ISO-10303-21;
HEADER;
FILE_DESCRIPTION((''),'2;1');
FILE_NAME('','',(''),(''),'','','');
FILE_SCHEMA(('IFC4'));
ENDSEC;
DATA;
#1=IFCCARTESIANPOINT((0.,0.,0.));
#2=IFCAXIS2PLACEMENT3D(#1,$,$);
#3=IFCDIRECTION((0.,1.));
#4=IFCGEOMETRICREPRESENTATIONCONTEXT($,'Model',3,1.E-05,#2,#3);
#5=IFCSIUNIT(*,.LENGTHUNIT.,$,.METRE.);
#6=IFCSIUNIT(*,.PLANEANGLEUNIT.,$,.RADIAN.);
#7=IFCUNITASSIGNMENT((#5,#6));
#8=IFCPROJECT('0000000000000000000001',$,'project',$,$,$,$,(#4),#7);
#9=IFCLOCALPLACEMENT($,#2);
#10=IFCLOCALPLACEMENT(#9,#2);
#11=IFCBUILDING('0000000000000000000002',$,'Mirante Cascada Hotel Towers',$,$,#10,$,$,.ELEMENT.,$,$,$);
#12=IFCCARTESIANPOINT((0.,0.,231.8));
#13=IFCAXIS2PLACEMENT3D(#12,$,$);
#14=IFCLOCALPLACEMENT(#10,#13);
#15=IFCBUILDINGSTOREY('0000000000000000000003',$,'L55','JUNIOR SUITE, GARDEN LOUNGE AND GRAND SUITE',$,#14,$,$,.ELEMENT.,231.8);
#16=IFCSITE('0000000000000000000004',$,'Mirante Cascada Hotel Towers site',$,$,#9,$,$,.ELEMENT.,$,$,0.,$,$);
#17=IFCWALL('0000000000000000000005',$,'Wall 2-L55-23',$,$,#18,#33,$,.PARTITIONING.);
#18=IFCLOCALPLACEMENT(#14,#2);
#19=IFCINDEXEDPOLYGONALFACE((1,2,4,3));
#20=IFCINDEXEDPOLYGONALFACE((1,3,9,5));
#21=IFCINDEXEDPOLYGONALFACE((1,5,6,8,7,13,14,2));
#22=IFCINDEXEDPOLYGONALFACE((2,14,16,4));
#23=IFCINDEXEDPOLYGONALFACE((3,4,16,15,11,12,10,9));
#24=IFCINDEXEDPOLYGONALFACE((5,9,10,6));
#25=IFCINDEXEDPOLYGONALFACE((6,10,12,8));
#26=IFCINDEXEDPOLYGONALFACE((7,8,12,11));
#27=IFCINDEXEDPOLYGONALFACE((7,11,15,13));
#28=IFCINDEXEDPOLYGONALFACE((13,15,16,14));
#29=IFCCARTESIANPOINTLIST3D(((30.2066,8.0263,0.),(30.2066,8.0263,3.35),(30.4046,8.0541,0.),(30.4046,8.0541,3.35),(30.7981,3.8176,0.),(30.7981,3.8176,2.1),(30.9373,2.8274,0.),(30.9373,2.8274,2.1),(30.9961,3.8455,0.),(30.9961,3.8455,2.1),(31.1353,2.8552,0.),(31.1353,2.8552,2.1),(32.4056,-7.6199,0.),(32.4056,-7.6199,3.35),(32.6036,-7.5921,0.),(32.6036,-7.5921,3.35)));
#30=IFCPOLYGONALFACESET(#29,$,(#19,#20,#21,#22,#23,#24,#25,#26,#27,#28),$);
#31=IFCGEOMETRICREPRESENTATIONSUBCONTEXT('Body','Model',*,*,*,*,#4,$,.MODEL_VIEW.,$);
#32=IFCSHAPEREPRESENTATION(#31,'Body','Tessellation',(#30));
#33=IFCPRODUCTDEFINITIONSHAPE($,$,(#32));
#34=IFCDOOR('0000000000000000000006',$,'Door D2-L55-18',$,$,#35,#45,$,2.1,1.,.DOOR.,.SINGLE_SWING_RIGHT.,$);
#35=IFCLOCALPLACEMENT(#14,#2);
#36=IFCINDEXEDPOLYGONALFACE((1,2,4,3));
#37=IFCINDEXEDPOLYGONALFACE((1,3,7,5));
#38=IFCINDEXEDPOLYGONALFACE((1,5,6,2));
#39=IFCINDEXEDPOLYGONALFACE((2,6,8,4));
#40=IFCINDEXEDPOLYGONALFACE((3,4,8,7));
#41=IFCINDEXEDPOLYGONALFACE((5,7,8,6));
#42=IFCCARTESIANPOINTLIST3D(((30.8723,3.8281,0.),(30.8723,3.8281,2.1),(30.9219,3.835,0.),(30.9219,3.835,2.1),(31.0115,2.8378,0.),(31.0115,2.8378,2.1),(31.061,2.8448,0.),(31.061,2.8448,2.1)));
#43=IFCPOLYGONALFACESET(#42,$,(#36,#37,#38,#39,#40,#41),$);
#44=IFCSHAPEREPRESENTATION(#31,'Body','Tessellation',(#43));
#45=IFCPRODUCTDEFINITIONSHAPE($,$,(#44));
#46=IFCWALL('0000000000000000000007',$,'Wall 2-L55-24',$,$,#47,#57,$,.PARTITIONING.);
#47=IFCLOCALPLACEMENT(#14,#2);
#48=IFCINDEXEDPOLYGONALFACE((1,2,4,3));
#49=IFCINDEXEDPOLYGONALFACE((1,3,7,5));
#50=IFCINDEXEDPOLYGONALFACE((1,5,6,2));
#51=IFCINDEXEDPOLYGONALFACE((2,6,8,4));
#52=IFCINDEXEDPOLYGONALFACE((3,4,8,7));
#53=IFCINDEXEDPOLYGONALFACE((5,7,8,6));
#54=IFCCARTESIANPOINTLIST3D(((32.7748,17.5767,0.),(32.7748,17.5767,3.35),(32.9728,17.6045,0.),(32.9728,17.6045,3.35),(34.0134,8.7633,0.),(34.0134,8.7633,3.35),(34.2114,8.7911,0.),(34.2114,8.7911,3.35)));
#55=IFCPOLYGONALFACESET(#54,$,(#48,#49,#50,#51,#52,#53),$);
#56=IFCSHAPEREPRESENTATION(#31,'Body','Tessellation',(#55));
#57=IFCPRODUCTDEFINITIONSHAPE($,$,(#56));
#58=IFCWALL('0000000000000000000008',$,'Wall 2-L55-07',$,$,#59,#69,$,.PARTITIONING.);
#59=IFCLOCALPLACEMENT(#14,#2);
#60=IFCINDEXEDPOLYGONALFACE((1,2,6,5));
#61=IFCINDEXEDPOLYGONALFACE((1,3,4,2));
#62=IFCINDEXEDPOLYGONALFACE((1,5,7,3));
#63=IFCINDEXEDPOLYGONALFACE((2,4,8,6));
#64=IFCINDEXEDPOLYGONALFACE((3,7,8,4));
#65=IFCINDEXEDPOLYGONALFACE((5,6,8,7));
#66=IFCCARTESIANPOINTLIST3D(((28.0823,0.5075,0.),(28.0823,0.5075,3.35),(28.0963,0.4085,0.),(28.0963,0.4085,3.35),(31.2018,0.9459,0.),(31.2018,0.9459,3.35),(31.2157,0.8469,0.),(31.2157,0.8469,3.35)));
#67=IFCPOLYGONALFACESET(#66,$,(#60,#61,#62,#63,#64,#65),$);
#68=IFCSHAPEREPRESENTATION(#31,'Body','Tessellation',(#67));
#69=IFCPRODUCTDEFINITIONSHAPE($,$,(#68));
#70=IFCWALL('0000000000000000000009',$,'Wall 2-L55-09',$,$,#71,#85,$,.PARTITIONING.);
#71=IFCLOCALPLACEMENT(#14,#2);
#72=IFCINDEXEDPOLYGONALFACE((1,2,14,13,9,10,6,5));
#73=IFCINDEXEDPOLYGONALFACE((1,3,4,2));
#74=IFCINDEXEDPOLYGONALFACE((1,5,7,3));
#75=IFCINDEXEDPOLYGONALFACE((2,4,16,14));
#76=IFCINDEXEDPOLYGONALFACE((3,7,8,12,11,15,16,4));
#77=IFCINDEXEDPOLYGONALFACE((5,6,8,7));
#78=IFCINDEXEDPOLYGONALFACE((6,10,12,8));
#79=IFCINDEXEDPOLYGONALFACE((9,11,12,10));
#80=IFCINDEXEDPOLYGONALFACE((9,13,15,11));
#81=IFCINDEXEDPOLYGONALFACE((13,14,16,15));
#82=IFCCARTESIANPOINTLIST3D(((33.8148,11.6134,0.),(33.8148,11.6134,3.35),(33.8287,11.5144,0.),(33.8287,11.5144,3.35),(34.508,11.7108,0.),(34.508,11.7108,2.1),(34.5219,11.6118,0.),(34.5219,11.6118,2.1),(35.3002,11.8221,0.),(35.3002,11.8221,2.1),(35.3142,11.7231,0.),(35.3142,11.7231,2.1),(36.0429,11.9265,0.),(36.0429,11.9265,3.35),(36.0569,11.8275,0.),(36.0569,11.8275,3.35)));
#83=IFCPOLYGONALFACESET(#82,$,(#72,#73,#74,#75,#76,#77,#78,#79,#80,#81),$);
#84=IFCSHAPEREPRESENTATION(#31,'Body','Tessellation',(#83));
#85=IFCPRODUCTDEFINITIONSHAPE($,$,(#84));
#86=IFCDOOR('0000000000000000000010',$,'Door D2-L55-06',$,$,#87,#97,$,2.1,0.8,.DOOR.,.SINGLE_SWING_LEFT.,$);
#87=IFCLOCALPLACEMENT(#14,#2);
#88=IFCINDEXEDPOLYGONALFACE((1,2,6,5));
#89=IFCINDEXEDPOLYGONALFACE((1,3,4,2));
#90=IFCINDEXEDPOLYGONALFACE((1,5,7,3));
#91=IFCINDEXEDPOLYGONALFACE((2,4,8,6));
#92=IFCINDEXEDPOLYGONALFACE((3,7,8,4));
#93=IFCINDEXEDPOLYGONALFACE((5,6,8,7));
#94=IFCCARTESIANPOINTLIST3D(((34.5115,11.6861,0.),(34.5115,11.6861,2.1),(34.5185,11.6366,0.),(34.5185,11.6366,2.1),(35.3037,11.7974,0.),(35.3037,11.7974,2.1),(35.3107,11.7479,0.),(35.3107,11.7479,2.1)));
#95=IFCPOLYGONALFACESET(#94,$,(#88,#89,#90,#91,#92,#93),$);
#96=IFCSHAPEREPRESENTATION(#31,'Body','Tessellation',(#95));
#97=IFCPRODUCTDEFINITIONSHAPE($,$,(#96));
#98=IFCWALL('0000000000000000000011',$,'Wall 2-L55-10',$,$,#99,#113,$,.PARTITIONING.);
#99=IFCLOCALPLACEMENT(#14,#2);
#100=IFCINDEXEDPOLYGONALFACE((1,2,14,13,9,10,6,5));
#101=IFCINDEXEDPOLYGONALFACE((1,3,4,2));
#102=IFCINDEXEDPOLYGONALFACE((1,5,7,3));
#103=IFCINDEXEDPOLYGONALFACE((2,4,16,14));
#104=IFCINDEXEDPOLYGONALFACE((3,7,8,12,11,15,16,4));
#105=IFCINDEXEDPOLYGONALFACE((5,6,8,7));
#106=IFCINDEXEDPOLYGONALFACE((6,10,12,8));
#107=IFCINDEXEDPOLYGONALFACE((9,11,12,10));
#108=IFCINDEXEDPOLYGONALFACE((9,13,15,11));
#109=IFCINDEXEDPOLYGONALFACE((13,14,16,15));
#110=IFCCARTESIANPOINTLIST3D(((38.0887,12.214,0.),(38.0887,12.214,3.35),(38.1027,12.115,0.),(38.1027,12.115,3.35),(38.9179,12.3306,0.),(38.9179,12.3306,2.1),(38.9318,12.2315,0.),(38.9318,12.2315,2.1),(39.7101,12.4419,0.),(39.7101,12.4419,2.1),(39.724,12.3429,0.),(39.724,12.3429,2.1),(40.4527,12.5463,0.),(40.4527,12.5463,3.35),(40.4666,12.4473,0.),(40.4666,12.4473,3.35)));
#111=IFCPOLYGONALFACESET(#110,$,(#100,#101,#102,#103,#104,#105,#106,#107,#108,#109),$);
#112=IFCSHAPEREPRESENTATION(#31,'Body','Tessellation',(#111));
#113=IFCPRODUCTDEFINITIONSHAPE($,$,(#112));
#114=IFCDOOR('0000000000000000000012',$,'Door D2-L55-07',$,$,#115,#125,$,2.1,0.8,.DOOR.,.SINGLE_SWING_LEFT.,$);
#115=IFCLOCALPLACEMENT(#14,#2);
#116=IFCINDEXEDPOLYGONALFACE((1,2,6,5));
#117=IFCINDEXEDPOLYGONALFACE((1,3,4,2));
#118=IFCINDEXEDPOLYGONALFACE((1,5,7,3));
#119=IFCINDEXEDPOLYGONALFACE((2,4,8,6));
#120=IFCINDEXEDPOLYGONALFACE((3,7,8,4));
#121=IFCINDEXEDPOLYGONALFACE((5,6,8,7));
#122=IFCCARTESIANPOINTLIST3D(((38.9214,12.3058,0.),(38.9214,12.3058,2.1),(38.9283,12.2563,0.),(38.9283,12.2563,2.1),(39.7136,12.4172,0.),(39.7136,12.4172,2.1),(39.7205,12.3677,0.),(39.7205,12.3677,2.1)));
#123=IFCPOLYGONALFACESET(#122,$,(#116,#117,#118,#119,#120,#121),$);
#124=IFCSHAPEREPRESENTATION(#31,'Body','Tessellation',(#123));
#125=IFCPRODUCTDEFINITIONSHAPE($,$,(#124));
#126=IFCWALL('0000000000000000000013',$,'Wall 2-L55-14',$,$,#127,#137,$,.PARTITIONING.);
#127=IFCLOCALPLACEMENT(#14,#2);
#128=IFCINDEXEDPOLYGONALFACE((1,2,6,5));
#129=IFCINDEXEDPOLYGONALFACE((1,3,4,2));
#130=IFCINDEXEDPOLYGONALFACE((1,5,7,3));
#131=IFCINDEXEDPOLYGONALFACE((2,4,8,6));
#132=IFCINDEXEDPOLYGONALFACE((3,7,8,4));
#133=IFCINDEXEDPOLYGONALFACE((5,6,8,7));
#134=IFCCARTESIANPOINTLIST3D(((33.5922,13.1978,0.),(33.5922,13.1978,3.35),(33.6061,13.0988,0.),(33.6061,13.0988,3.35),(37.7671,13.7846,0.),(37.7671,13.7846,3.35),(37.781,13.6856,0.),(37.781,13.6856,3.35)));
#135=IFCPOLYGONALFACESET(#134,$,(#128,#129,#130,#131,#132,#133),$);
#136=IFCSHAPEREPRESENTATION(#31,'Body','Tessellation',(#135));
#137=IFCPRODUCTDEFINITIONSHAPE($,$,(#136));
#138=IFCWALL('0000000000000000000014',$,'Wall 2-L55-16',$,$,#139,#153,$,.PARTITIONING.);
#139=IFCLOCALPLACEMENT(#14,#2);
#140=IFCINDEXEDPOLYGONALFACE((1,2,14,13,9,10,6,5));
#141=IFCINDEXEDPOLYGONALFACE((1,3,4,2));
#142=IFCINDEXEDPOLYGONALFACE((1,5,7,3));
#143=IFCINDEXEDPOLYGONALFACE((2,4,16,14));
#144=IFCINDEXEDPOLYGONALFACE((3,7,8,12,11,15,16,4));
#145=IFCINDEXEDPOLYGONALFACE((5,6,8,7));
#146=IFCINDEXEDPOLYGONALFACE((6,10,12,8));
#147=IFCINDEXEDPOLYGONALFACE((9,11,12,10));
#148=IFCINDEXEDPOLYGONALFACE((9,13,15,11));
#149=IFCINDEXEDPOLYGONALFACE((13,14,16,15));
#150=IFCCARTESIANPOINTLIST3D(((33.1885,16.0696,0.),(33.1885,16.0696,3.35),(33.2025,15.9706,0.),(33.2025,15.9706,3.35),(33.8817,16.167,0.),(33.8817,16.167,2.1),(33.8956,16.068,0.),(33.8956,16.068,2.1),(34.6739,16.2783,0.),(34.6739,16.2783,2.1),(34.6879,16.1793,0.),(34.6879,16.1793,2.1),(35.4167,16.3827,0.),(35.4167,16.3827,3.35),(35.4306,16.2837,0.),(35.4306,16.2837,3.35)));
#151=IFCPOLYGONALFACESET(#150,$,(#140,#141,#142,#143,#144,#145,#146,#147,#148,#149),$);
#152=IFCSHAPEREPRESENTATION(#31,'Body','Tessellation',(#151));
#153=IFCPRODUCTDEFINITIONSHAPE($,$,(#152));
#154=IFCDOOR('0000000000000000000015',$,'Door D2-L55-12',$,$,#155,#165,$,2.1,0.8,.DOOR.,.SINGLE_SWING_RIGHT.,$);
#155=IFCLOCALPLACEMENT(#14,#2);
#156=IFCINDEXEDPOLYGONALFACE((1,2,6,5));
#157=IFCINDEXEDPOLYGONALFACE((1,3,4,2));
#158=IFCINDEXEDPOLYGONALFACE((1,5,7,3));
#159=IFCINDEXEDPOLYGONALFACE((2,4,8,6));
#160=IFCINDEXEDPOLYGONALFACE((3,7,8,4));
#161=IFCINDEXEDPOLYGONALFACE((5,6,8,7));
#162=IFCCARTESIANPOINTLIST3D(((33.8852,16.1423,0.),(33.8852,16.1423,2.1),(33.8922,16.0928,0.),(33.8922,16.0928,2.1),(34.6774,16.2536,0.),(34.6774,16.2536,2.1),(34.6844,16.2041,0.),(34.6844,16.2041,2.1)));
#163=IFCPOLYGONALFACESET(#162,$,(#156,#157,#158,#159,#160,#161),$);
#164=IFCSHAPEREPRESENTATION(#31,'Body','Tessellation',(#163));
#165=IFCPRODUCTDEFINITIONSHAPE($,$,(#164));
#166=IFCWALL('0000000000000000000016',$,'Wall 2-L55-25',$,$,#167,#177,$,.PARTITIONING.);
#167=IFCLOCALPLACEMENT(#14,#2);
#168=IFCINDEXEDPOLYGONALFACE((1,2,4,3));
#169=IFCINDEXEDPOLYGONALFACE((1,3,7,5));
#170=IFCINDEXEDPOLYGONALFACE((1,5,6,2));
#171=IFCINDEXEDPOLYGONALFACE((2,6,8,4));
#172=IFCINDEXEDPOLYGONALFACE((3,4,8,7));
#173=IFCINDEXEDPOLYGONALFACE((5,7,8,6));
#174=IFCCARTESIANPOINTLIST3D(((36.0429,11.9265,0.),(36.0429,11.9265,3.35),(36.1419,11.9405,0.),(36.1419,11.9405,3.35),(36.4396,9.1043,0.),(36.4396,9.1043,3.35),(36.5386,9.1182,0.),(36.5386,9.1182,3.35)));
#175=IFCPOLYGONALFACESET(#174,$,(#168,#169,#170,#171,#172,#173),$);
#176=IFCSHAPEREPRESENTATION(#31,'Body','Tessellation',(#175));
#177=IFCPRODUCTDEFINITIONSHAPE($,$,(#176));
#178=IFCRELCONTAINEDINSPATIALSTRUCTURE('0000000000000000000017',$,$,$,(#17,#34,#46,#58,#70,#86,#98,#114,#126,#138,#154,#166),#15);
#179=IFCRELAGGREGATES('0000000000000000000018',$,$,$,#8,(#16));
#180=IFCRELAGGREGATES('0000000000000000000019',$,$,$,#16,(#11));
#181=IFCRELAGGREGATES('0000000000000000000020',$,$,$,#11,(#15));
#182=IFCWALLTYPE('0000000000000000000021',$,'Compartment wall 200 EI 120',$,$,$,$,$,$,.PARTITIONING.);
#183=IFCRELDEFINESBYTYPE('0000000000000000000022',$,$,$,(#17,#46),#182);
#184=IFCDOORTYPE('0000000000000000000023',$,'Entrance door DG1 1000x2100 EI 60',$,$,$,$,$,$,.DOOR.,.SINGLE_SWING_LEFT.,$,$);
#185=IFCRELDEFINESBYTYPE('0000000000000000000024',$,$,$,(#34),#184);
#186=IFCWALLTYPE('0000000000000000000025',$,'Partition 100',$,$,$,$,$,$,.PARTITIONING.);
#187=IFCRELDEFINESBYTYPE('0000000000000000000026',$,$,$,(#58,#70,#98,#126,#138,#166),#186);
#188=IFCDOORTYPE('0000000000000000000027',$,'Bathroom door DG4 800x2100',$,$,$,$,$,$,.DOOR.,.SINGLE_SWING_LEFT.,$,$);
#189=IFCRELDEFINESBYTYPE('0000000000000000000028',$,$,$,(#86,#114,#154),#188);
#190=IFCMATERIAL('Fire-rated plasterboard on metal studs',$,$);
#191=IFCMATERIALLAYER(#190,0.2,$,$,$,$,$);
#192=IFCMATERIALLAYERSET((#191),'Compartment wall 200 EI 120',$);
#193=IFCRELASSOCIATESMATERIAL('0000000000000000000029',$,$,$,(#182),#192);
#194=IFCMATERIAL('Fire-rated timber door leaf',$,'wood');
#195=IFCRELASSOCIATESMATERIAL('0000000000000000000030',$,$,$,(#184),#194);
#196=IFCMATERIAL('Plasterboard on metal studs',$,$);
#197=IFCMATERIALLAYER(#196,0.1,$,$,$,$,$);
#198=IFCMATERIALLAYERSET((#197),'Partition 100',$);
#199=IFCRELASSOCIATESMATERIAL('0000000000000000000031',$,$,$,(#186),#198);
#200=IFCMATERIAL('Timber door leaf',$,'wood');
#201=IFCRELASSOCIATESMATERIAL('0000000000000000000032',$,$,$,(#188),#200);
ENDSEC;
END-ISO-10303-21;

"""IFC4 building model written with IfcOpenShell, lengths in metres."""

from ifc_helpers import new_model, si_unit, direction, frame, frame_2d, origin, place, context, subcontext, project, spatial, rectangle, extrude, material, layer, layer_set, type_object, element, fill, save


model = new_model("IFC4")

# Units and contexts
model_context = context("Model", 3, precision=1e-05, world=origin(), true_north=direction((0.0, 1.0)))
body_context = subcontext(model_context, "Body", "Model", "MODEL_VIEW")
ifc_project = project(units=[si_unit("LENGTHUNIT", "METRE"), si_unit("PLANEANGLEUNIT", "RADIAN")], contexts=[model_context])

# Site, building, storey
site_placement = place(None, origin())
site = spatial("IfcSite", under=ifc_project, at=site_placement, Name="Mirante Cascada Hotel Towers site", CompositionType="ELEMENT", RefElevation=0.0)
building_placement = place(site_placement, origin())
building = spatial("IfcBuilding", under=site, at=building_placement, Name="Mirante Cascada Hotel Towers", CompositionType="ELEMENT")
storey_placement = place(building_placement, frame((0.0, 0.0, 231.8)))
storey = spatial("IfcBuildingStorey", under=building, at=storey_placement, Name="L55", Description="JUNIOR SUITE, GARDEN LOUNGE AND GRAND SUITE", CompositionType="ELEMENT", Elevation=231.8)

# Shared definitions
ifc_material_1 = material(Name="Fire-rated plasterboard on metal studs")
ifc_layer_1 = layer(ifc_material_1, 0.2)
ifc_layer_set_1 = layer_set([ifc_layer_1], Name="Compartment wall 200 EI 120")
wall_type_1 = type_object("IfcWallType", Name="Compartment wall 200 EI 120", PredefinedType="PARTITIONING", material=ifc_layer_set_1)
ifc_material_2 = material(Name="Fire-rated timber door leaf", Category="wood")
door_type_1 = type_object("IfcDoorType", Name="Entrance door DG1 1000x2100 EI 60", OperationType="SINGLE_SWING_LEFT", PredefinedType="DOOR", material=ifc_material_2)

# Wall, opening, door
wall_1_placement = place(storey_placement, frame((30.3056, 8.0402, 0.0), z_axis=(0.0, 0.0, 1.0), x_axis=(0.139177, -0.990267, 0.0)))
wall_1 = element("IfcWall", 1, at=wall_1_placement, inside=storey, type_object=wall_type_1, Name="Wall 2-L55-23", PredefinedType="PARTITIONING", context=body_context, shape_type="SweptSolid", body=[
    extrude(rectangle(XDim=15.8, YDim=0.2, at=frame_2d((7.9, 0.0))), origin(), (0.0, 0.0, 1.0), 3.35),
])
opening_1_placement = place(wall_1_placement, frame((4.25, 0.0, 0.0)))
opening_1 = element("IfcOpeningElement", 2, at=opening_1_placement, cuts=wall_1, PredefinedType="OPENING", context=body_context, shape_type="SweptSolid", body=[
    extrude(rectangle(XDim=1.0, YDim=2.1, at=frame_2d((0.5, 1.05))), frame((0.0, 0.1, 0.0), z_axis=(0.0, -1.0, 0.0), x_axis=(1.0, 0.0, 0.0)), (0.0, 0.0, 1.0), 0.2),
])
door_1_placement = place(opening_1_placement, frame((1.0, 0.0, 0.0), z_axis=(0.0, 0.0, 1.0), x_axis=(-1.0, 0.0, 0.0)))
door_1 = element("IfcDoor", 3, at=door_1_placement, inside=storey, type_object=door_type_1, Name="Door D2-L55-18", OperationType="SINGLE_SWING_RIGHT", OverallHeight=2.1, OverallWidth=1.0, PredefinedType="DOOR", context=body_context, shape_type="SweptSolid", body=[
    extrude(rectangle(XDim=1.0, YDim=2.1, at=frame_2d((0.5, 1.05))), frame((0.0, 0.025, 0.0), z_axis=(0.0, -1.0, 0.0), x_axis=(1.0, 0.0, 0.0)), (0.0, 0.0, 1.0), 0.05),
])
fill(opening_1, door_1)

# Walls
wall_2_placement = place(storey_placement, frame((34.1124, 8.7772, 0.0), z_axis=(0.0, 0.0, 1.0), x_axis=(-0.139168, 0.990269, 0.0)))
element("IfcWall", 4, at=wall_2_placement, inside=storey, type_object=wall_type_1, Name="Wall 2-L55-24", PredefinedType="PARTITIONING", context=body_context, shape_type="SweptSolid", body=[
    extrude(rectangle(XDim=8.9, YDim=0.2, at=frame_2d((4.45, 0.0))), origin(), (0.0, 0.0, 1.0), 3.35),
])
ifc_material_3 = material(Name="Plasterboard on metal studs")
ifc_layer_2 = layer(ifc_material_3, 0.1)
ifc_layer_set_2 = layer_set([ifc_layer_2], Name="Partition 100")
wall_type_2 = type_object("IfcWallType", Name="Partition 100", PredefinedType="PARTITIONING", material=ifc_layer_set_2)
wall_3_placement = place(storey_placement, frame((31.2087, 0.8964, 0.0), z_axis=(0.0, 0.0, 1.0), x_axis=(-0.990268, -0.139172, 0.0)))
element("IfcWall", 5, at=wall_3_placement, inside=storey, type_object=wall_type_2, Name="Wall 2-L55-07", PredefinedType="PARTITIONING", context=body_context, shape_type="SweptSolid", body=[
    extrude(rectangle(XDim=3.1501, YDim=0.1, at=frame_2d((1.575, 0.0))), origin(), (0.0, 0.0, 1.0), 3.35),
])

# Walls, openings, doors
wall_4_placement = place(storey_placement, frame((36.0499, 11.877, 0.0), z_axis=(0.0, 0.0, 1.0), x_axis=(-0.990271, -0.139156, 0.0)))
wall_4 = element("IfcWall", 6, at=wall_4_placement, inside=storey, type_object=wall_type_2, Name="Wall 2-L55-09", PredefinedType="PARTITIONING", context=body_context, shape_type="SweptSolid", body=[
    extrude(rectangle(XDim=2.25, YDim=0.1, at=frame_2d((1.125, 0.0))), origin(), (0.0, 0.0, 1.0), 3.35),
])
opening_2_placement = place(wall_4_placement, frame((0.75, 0.0, 0.0)))
opening_2 = element("IfcOpeningElement", 7, at=opening_2_placement, cuts=wall_4, PredefinedType="OPENING", context=body_context, shape_type="SweptSolid", body=[
    extrude(rectangle(XDim=0.8, YDim=2.1, at=frame_2d((0.4, 1.05))), frame((0.0, 0.05, 0.0), z_axis=(0.0, -1.0, 0.0), x_axis=(1.0, 0.0, 0.0)), (0.0, 0.0, 1.0), 0.1),
])
ifc_material_4 = material(Name="Timber door leaf", Category="wood")
door_type_2 = type_object("IfcDoorType", Name="Bathroom door DG4 800x2100", OperationType="SINGLE_SWING_LEFT", PredefinedType="DOOR", material=ifc_material_4)
door_2_placement = place(opening_2_placement, origin())
door_2 = element("IfcDoor", 8, at=door_2_placement, inside=storey, type_object=door_type_2, Name="Door D2-L55-06", OperationType="SINGLE_SWING_LEFT", OverallHeight=2.1, OverallWidth=0.8, PredefinedType="DOOR", context=body_context, shape_type="SweptSolid", body=[
    extrude(rectangle(XDim=0.8, YDim=2.1, at=frame_2d((0.4, 1.05))), frame((0.0, 0.025, 0.0), z_axis=(0.0, -1.0, 0.0), x_axis=(1.0, 0.0, 0.0)), (0.0, 0.0, 1.0), 0.05),
])
fill(opening_2, door_2)
wall_5_placement = place(storey_placement, frame((38.0957, 12.1645, 0.0), z_axis=(0.0, 0.0, 1.0), x_axis=(0.990264, 0.139198, 0.0)))
wall_5 = element("IfcWall", 9, at=wall_5_placement, inside=storey, type_object=wall_type_2, Name="Wall 2-L55-10", PredefinedType="PARTITIONING", context=body_context, shape_type="SweptSolid", body=[
    extrude(rectangle(XDim=2.3872, YDim=0.1, at=frame_2d((1.1936, 0.0))), origin(), (0.0, 0.0, 1.0), 3.35),
])
opening_3_placement = place(wall_5_placement, frame((0.8373, 0.0, 0.0)))
opening_3 = element("IfcOpeningElement", 10, at=opening_3_placement, cuts=wall_5, PredefinedType="OPENING", context=body_context, shape_type="SweptSolid", body=[
    extrude(rectangle(XDim=0.8, YDim=2.1, at=frame_2d((0.4, 1.05))), frame((0.0, 0.05, 0.0), z_axis=(0.0, -1.0, 0.0), x_axis=(1.0, 0.0, 0.0)), (0.0, 0.0, 1.0), 0.1),
])
door_3_placement = place(opening_3_placement, origin())
door_3 = element("IfcDoor", 11, at=door_3_placement, inside=storey, type_object=door_type_2, Name="Door D2-L55-07", OperationType="SINGLE_SWING_LEFT", OverallHeight=2.1, OverallWidth=0.8, PredefinedType="DOOR", context=body_context, shape_type="SweptSolid", body=[
    extrude(rectangle(XDim=0.8, YDim=2.1, at=frame_2d((0.4, 1.05))), frame((0.0, 0.025, 0.0), z_axis=(0.0, -1.0, 0.0), x_axis=(1.0, 0.0, 0.0)), (0.0, 0.0, 1.0), 0.05),
])
fill(opening_3, door_3)

# Wall
wall_6_placement = place(storey_placement, frame((33.5991, 13.1483, 0.0), z_axis=(0.0, 0.0, 1.0), x_axis=(0.990266, 0.139186, 0.0)))
element("IfcWall", 12, at=wall_6_placement, inside=storey, type_object=wall_type_2, Name="Wall 2-L55-14", PredefinedType="PARTITIONING", context=body_context, shape_type="SweptSolid", body=[
    extrude(rectangle(XDim=4.2159, YDim=0.1, at=frame_2d((2.108, 0.0))), origin(), (0.0, 0.0, 1.0), 3.35),
])

# Wall, opening, door
wall_7_placement = place(storey_placement, frame((33.1955, 16.0201, 0.0), z_axis=(0.0, 0.0, 1.0), x_axis=(0.990271, 0.139156, 0.0)))
wall_7 = element("IfcWall", 13, at=wall_7_placement, inside=storey, type_object=wall_type_2, Name="Wall 2-L55-16", PredefinedType="PARTITIONING", context=body_context, shape_type="SweptSolid", body=[
    extrude(rectangle(XDim=2.25, YDim=0.1, at=frame_2d((1.125, 0.0))), origin(), (0.0, 0.0, 1.0), 3.35),
])
opening_4_placement = place(wall_7_placement, frame((0.7, 0.0, 0.0)))
opening_4 = element("IfcOpeningElement", 14, at=opening_4_placement, cuts=wall_7, PredefinedType="OPENING", context=body_context, shape_type="SweptSolid", body=[
    extrude(rectangle(XDim=0.8, YDim=2.1, at=frame_2d((0.4, 1.05))), frame((0.0, 0.05, 0.0), z_axis=(0.0, -1.0, 0.0), x_axis=(1.0, 0.0, 0.0)), (0.0, 0.0, 1.0), 0.1),
])
door_4_placement = place(opening_4_placement, frame((0.8, 0.0, 0.0), z_axis=(0.0, 0.0, 1.0), x_axis=(-1.0, 0.0, 0.0)))
door_4 = element("IfcDoor", 15, at=door_4_placement, inside=storey, type_object=door_type_2, Name="Door D2-L55-12", OperationType="SINGLE_SWING_RIGHT", OverallHeight=2.1, OverallWidth=0.8, PredefinedType="DOOR", context=body_context, shape_type="SweptSolid", body=[
    extrude(rectangle(XDim=0.8, YDim=2.1, at=frame_2d((0.4, 1.05))), frame((0.0, 0.025, 0.0), z_axis=(0.0, -1.0, 0.0), x_axis=(1.0, 0.0, 0.0)), (0.0, 0.0, 1.0), 0.05),
])
fill(opening_4, door_4)

# Wall
wall_8_placement = place(storey_placement, frame((36.0924, 11.9335, 0.0), z_axis=(0.0, 0.0, 1.0), x_axis=(0.139191, -0.990266, 0.0)))
element("IfcWall", 16, at=wall_8_placement, inside=storey, type_object=wall_type_2, Name="Wall 2-L55-25", PredefinedType="PARTITIONING", context=body_context, shape_type="SweptSolid", body=[
    extrude(rectangle(XDim=2.85, YDim=0.1, at=frame_2d((1.425, 0.0))), origin(), (0.0, 0.0, 1.0), 3.35),
])

save(model, "model.ifc")
